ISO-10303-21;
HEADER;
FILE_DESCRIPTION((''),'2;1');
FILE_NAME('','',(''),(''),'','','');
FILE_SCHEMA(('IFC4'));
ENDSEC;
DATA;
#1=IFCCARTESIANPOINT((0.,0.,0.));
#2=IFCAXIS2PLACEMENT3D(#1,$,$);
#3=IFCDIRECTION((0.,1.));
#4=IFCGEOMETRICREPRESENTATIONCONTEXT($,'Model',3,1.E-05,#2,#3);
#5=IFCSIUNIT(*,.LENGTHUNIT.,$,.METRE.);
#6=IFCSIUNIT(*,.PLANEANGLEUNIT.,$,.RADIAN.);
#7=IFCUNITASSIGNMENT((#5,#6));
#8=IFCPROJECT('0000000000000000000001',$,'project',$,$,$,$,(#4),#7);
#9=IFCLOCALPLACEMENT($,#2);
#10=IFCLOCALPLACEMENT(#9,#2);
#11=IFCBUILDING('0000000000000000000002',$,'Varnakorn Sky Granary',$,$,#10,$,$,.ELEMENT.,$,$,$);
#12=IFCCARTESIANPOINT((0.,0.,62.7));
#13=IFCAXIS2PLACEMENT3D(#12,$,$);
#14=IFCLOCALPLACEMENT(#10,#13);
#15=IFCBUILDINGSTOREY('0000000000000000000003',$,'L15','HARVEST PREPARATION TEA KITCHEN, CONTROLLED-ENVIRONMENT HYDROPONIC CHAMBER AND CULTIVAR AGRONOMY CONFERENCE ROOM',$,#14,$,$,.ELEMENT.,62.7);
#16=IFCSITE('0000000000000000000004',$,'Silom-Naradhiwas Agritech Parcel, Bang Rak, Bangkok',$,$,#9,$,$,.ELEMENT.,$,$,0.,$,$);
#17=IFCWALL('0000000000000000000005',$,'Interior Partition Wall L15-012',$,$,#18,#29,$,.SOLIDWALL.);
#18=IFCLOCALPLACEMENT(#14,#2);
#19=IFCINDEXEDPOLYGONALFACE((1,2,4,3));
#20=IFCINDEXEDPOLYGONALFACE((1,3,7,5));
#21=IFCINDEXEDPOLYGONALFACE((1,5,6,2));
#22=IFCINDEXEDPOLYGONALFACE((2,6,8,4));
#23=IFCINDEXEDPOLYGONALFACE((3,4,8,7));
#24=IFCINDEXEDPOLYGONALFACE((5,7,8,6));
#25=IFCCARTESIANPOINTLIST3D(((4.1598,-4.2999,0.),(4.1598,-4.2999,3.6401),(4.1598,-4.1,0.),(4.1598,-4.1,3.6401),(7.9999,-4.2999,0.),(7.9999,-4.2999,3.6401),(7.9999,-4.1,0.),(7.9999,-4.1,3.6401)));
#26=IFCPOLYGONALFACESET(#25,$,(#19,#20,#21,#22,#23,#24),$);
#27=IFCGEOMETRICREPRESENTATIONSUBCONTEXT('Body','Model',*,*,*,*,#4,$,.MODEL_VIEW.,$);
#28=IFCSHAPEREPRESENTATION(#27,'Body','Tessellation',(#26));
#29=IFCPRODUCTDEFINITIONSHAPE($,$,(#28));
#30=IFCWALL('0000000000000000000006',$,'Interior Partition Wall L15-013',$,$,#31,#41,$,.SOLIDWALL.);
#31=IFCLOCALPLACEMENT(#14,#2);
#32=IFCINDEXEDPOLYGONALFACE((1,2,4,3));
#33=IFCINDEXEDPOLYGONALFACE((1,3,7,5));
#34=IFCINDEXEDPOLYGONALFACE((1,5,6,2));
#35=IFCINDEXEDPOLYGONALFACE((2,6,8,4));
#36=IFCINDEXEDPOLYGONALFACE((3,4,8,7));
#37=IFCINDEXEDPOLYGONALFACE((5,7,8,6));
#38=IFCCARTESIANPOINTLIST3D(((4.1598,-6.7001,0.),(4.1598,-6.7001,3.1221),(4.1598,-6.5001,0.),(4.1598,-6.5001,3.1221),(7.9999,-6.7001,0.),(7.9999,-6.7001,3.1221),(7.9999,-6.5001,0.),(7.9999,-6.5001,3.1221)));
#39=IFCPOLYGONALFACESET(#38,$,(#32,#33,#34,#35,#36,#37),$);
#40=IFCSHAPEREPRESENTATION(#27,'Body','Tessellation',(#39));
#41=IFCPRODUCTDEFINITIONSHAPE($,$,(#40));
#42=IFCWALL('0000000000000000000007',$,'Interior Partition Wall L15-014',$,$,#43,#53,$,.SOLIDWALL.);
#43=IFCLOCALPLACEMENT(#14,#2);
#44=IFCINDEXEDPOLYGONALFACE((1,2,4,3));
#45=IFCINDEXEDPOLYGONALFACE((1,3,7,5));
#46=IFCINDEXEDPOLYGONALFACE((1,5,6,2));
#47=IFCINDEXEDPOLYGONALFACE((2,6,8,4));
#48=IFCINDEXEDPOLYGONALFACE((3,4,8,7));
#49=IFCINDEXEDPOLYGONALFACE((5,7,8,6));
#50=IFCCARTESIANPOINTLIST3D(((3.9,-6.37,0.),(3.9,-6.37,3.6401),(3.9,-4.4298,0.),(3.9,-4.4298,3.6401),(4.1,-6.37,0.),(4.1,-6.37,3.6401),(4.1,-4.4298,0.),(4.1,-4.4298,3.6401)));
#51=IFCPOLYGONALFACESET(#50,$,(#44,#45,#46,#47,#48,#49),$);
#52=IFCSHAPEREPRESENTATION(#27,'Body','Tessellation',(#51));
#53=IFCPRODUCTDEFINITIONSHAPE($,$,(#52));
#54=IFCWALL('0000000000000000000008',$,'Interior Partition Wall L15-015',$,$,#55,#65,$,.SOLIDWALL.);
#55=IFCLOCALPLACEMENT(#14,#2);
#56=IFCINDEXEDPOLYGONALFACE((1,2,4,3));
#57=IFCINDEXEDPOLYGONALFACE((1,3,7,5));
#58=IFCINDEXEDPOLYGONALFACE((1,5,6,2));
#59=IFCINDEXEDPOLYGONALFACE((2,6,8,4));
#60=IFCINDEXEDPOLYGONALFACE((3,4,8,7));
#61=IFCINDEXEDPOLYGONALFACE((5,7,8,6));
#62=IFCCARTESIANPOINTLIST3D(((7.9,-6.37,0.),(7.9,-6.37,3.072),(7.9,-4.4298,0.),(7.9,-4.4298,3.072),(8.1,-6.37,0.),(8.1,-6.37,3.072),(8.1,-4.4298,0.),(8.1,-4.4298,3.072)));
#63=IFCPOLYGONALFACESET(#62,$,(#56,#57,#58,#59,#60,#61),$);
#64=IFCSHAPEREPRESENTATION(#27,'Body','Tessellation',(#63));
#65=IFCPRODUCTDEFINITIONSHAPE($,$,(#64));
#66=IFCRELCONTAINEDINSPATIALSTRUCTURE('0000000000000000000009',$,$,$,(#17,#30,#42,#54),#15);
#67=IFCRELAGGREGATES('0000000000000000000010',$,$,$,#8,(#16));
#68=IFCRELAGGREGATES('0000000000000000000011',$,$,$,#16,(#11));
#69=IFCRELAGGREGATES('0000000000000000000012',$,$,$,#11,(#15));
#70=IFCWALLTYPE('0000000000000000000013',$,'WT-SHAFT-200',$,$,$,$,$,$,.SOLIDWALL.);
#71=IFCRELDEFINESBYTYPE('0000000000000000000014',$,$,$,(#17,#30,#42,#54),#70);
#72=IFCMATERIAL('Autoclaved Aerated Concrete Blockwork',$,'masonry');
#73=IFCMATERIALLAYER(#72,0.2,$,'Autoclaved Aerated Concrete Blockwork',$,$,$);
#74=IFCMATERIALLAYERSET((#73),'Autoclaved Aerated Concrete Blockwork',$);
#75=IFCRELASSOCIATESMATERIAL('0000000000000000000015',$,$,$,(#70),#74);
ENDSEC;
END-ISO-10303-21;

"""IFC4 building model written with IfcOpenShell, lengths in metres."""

from ifc_helpers import new_model, si_unit, direction, frame, frame_2d, origin, place, context, subcontext, project, spatial, rectangle, extrude, material, layer, layer_set, type_object, element, save


model = new_model("IFC4")

# Units and contexts
model_context = context("Model", 3, precision=1e-05, world=origin(), true_north=direction((0.0, 1.0)))
body_context = subcontext(model_context, "Body", "Model", "MODEL_VIEW")
ifc_project = project(units=[si_unit("LENGTHUNIT", "METRE"), si_unit("PLANEANGLEUNIT", "RADIAN")], contexts=[model_context])

# Site, building, storey
site_placement = place(None, origin())
site = spatial("IfcSite", under=ifc_project, at=site_placement, Name="Silom-Naradhiwas Agritech Parcel, Bang Rak, Bangkok", CompositionType="ELEMENT", RefElevation=0.0)
building_placement = place(site_placement, origin())
building = spatial("IfcBuilding", under=site, at=building_placement, Name="Varnakorn Sky Granary", CompositionType="ELEMENT")
storey_placement = place(building_placement, frame((0.0, 0.0, 62.7)))
storey = spatial("IfcBuildingStorey", under=building, at=storey_placement, Name="L15", Description="HARVEST PREPARATION TEA KITCHEN, CONTROLLED-ENVIRONMENT HYDROPONIC CHAMBER AND CULTIVAR AGRONOMY CONFERENCE ROOM", CompositionType="ELEMENT", Elevation=62.7)

# Shared definitions
ifc_material_1 = material(Name="Autoclaved Aerated Concrete Blockwork", Category="masonry")

# Walls
ifc_layer_1 = layer(ifc_material_1, 0.2, Name="Autoclaved Aerated Concrete Blockwork")
ifc_layer_set_1 = layer_set([ifc_layer_1], Name="Autoclaved Aerated Concrete Blockwork")
wall_type_1 = type_object("IfcWallType", Name="WT-SHAFT-200", PredefinedType="SOLIDWALL", material=ifc_layer_set_1)
wall_1_placement = place(storey_placement, frame((4.1599, -4.2, 0.0), z_axis=(0.0, 0.0, 1.0), x_axis=(1.0, 0.0, 0.0)))
element("IfcWall", 1, at=wall_1_placement, inside=storey, type_object=wall_type_1, Name="Interior Partition Wall L15-012", PredefinedType="SOLIDWALL", context=body_context, shape_type="SweptSolid", body=[
    extrude(rectangle(XDim=3.8401, YDim=0.2, at=frame_2d((1.9199, 0.0))), origin(), (0.0, 0.0, 1.0), 3.6401),
])
wall_2_placement = place(storey_placement, frame((4.1599, -6.6001, 0.0), z_axis=(0.0, 0.0, 1.0), x_axis=(1.0, 0.0, 0.0)))
element("IfcWall", 2, at=wall_2_placement, inside=storey, type_object=wall_type_1, Name="Interior Partition Wall L15-013", PredefinedType="SOLIDWALL", context=body_context, shape_type="SweptSolid", body=[
    extrude(rectangle(XDim=3.8401, YDim=0.2, at=frame_2d((1.9199, 0.0))), origin(), (0.0, 0.0, 1.0), 3.1221),
])
wall_3_placement = place(storey_placement, frame((4.0, -6.3701, 0.0), z_axis=(0.0, 0.0, 1.0), x_axis=(0.0, 1.0, 0.0)))
element("IfcWall", 3, at=wall_3_placement, inside=storey, type_object=wall_type_1, Name="Interior Partition Wall L15-014", PredefinedType="SOLIDWALL", context=body_context, shape_type="SweptSolid", body=[
    extrude(rectangle(XDim=1.9402, YDim=0.2, at=frame_2d((0.9702, 0.0))), origin(), (0.0, 0.0, 1.0), 3.6401),
])
wall_4_placement = place(storey_placement, frame((8.0, -6.3701, 0.0), z_axis=(0.0, 0.0, 1.0), x_axis=(0.0, 1.0, 0.0)))
element("IfcWall", 4, at=wall_4_placement, inside=storey, type_object=wall_type_1, Name="Interior Partition Wall L15-015", PredefinedType="SOLIDWALL", context=body_context, shape_type="SweptSolid", body=[
    extrude(rectangle(XDim=1.9402, YDim=0.2, at=frame_2d((0.9702, 0.0))), origin(), (0.0, 0.0, 1.0), 3.072),
])

save(model, "model.ifc")
